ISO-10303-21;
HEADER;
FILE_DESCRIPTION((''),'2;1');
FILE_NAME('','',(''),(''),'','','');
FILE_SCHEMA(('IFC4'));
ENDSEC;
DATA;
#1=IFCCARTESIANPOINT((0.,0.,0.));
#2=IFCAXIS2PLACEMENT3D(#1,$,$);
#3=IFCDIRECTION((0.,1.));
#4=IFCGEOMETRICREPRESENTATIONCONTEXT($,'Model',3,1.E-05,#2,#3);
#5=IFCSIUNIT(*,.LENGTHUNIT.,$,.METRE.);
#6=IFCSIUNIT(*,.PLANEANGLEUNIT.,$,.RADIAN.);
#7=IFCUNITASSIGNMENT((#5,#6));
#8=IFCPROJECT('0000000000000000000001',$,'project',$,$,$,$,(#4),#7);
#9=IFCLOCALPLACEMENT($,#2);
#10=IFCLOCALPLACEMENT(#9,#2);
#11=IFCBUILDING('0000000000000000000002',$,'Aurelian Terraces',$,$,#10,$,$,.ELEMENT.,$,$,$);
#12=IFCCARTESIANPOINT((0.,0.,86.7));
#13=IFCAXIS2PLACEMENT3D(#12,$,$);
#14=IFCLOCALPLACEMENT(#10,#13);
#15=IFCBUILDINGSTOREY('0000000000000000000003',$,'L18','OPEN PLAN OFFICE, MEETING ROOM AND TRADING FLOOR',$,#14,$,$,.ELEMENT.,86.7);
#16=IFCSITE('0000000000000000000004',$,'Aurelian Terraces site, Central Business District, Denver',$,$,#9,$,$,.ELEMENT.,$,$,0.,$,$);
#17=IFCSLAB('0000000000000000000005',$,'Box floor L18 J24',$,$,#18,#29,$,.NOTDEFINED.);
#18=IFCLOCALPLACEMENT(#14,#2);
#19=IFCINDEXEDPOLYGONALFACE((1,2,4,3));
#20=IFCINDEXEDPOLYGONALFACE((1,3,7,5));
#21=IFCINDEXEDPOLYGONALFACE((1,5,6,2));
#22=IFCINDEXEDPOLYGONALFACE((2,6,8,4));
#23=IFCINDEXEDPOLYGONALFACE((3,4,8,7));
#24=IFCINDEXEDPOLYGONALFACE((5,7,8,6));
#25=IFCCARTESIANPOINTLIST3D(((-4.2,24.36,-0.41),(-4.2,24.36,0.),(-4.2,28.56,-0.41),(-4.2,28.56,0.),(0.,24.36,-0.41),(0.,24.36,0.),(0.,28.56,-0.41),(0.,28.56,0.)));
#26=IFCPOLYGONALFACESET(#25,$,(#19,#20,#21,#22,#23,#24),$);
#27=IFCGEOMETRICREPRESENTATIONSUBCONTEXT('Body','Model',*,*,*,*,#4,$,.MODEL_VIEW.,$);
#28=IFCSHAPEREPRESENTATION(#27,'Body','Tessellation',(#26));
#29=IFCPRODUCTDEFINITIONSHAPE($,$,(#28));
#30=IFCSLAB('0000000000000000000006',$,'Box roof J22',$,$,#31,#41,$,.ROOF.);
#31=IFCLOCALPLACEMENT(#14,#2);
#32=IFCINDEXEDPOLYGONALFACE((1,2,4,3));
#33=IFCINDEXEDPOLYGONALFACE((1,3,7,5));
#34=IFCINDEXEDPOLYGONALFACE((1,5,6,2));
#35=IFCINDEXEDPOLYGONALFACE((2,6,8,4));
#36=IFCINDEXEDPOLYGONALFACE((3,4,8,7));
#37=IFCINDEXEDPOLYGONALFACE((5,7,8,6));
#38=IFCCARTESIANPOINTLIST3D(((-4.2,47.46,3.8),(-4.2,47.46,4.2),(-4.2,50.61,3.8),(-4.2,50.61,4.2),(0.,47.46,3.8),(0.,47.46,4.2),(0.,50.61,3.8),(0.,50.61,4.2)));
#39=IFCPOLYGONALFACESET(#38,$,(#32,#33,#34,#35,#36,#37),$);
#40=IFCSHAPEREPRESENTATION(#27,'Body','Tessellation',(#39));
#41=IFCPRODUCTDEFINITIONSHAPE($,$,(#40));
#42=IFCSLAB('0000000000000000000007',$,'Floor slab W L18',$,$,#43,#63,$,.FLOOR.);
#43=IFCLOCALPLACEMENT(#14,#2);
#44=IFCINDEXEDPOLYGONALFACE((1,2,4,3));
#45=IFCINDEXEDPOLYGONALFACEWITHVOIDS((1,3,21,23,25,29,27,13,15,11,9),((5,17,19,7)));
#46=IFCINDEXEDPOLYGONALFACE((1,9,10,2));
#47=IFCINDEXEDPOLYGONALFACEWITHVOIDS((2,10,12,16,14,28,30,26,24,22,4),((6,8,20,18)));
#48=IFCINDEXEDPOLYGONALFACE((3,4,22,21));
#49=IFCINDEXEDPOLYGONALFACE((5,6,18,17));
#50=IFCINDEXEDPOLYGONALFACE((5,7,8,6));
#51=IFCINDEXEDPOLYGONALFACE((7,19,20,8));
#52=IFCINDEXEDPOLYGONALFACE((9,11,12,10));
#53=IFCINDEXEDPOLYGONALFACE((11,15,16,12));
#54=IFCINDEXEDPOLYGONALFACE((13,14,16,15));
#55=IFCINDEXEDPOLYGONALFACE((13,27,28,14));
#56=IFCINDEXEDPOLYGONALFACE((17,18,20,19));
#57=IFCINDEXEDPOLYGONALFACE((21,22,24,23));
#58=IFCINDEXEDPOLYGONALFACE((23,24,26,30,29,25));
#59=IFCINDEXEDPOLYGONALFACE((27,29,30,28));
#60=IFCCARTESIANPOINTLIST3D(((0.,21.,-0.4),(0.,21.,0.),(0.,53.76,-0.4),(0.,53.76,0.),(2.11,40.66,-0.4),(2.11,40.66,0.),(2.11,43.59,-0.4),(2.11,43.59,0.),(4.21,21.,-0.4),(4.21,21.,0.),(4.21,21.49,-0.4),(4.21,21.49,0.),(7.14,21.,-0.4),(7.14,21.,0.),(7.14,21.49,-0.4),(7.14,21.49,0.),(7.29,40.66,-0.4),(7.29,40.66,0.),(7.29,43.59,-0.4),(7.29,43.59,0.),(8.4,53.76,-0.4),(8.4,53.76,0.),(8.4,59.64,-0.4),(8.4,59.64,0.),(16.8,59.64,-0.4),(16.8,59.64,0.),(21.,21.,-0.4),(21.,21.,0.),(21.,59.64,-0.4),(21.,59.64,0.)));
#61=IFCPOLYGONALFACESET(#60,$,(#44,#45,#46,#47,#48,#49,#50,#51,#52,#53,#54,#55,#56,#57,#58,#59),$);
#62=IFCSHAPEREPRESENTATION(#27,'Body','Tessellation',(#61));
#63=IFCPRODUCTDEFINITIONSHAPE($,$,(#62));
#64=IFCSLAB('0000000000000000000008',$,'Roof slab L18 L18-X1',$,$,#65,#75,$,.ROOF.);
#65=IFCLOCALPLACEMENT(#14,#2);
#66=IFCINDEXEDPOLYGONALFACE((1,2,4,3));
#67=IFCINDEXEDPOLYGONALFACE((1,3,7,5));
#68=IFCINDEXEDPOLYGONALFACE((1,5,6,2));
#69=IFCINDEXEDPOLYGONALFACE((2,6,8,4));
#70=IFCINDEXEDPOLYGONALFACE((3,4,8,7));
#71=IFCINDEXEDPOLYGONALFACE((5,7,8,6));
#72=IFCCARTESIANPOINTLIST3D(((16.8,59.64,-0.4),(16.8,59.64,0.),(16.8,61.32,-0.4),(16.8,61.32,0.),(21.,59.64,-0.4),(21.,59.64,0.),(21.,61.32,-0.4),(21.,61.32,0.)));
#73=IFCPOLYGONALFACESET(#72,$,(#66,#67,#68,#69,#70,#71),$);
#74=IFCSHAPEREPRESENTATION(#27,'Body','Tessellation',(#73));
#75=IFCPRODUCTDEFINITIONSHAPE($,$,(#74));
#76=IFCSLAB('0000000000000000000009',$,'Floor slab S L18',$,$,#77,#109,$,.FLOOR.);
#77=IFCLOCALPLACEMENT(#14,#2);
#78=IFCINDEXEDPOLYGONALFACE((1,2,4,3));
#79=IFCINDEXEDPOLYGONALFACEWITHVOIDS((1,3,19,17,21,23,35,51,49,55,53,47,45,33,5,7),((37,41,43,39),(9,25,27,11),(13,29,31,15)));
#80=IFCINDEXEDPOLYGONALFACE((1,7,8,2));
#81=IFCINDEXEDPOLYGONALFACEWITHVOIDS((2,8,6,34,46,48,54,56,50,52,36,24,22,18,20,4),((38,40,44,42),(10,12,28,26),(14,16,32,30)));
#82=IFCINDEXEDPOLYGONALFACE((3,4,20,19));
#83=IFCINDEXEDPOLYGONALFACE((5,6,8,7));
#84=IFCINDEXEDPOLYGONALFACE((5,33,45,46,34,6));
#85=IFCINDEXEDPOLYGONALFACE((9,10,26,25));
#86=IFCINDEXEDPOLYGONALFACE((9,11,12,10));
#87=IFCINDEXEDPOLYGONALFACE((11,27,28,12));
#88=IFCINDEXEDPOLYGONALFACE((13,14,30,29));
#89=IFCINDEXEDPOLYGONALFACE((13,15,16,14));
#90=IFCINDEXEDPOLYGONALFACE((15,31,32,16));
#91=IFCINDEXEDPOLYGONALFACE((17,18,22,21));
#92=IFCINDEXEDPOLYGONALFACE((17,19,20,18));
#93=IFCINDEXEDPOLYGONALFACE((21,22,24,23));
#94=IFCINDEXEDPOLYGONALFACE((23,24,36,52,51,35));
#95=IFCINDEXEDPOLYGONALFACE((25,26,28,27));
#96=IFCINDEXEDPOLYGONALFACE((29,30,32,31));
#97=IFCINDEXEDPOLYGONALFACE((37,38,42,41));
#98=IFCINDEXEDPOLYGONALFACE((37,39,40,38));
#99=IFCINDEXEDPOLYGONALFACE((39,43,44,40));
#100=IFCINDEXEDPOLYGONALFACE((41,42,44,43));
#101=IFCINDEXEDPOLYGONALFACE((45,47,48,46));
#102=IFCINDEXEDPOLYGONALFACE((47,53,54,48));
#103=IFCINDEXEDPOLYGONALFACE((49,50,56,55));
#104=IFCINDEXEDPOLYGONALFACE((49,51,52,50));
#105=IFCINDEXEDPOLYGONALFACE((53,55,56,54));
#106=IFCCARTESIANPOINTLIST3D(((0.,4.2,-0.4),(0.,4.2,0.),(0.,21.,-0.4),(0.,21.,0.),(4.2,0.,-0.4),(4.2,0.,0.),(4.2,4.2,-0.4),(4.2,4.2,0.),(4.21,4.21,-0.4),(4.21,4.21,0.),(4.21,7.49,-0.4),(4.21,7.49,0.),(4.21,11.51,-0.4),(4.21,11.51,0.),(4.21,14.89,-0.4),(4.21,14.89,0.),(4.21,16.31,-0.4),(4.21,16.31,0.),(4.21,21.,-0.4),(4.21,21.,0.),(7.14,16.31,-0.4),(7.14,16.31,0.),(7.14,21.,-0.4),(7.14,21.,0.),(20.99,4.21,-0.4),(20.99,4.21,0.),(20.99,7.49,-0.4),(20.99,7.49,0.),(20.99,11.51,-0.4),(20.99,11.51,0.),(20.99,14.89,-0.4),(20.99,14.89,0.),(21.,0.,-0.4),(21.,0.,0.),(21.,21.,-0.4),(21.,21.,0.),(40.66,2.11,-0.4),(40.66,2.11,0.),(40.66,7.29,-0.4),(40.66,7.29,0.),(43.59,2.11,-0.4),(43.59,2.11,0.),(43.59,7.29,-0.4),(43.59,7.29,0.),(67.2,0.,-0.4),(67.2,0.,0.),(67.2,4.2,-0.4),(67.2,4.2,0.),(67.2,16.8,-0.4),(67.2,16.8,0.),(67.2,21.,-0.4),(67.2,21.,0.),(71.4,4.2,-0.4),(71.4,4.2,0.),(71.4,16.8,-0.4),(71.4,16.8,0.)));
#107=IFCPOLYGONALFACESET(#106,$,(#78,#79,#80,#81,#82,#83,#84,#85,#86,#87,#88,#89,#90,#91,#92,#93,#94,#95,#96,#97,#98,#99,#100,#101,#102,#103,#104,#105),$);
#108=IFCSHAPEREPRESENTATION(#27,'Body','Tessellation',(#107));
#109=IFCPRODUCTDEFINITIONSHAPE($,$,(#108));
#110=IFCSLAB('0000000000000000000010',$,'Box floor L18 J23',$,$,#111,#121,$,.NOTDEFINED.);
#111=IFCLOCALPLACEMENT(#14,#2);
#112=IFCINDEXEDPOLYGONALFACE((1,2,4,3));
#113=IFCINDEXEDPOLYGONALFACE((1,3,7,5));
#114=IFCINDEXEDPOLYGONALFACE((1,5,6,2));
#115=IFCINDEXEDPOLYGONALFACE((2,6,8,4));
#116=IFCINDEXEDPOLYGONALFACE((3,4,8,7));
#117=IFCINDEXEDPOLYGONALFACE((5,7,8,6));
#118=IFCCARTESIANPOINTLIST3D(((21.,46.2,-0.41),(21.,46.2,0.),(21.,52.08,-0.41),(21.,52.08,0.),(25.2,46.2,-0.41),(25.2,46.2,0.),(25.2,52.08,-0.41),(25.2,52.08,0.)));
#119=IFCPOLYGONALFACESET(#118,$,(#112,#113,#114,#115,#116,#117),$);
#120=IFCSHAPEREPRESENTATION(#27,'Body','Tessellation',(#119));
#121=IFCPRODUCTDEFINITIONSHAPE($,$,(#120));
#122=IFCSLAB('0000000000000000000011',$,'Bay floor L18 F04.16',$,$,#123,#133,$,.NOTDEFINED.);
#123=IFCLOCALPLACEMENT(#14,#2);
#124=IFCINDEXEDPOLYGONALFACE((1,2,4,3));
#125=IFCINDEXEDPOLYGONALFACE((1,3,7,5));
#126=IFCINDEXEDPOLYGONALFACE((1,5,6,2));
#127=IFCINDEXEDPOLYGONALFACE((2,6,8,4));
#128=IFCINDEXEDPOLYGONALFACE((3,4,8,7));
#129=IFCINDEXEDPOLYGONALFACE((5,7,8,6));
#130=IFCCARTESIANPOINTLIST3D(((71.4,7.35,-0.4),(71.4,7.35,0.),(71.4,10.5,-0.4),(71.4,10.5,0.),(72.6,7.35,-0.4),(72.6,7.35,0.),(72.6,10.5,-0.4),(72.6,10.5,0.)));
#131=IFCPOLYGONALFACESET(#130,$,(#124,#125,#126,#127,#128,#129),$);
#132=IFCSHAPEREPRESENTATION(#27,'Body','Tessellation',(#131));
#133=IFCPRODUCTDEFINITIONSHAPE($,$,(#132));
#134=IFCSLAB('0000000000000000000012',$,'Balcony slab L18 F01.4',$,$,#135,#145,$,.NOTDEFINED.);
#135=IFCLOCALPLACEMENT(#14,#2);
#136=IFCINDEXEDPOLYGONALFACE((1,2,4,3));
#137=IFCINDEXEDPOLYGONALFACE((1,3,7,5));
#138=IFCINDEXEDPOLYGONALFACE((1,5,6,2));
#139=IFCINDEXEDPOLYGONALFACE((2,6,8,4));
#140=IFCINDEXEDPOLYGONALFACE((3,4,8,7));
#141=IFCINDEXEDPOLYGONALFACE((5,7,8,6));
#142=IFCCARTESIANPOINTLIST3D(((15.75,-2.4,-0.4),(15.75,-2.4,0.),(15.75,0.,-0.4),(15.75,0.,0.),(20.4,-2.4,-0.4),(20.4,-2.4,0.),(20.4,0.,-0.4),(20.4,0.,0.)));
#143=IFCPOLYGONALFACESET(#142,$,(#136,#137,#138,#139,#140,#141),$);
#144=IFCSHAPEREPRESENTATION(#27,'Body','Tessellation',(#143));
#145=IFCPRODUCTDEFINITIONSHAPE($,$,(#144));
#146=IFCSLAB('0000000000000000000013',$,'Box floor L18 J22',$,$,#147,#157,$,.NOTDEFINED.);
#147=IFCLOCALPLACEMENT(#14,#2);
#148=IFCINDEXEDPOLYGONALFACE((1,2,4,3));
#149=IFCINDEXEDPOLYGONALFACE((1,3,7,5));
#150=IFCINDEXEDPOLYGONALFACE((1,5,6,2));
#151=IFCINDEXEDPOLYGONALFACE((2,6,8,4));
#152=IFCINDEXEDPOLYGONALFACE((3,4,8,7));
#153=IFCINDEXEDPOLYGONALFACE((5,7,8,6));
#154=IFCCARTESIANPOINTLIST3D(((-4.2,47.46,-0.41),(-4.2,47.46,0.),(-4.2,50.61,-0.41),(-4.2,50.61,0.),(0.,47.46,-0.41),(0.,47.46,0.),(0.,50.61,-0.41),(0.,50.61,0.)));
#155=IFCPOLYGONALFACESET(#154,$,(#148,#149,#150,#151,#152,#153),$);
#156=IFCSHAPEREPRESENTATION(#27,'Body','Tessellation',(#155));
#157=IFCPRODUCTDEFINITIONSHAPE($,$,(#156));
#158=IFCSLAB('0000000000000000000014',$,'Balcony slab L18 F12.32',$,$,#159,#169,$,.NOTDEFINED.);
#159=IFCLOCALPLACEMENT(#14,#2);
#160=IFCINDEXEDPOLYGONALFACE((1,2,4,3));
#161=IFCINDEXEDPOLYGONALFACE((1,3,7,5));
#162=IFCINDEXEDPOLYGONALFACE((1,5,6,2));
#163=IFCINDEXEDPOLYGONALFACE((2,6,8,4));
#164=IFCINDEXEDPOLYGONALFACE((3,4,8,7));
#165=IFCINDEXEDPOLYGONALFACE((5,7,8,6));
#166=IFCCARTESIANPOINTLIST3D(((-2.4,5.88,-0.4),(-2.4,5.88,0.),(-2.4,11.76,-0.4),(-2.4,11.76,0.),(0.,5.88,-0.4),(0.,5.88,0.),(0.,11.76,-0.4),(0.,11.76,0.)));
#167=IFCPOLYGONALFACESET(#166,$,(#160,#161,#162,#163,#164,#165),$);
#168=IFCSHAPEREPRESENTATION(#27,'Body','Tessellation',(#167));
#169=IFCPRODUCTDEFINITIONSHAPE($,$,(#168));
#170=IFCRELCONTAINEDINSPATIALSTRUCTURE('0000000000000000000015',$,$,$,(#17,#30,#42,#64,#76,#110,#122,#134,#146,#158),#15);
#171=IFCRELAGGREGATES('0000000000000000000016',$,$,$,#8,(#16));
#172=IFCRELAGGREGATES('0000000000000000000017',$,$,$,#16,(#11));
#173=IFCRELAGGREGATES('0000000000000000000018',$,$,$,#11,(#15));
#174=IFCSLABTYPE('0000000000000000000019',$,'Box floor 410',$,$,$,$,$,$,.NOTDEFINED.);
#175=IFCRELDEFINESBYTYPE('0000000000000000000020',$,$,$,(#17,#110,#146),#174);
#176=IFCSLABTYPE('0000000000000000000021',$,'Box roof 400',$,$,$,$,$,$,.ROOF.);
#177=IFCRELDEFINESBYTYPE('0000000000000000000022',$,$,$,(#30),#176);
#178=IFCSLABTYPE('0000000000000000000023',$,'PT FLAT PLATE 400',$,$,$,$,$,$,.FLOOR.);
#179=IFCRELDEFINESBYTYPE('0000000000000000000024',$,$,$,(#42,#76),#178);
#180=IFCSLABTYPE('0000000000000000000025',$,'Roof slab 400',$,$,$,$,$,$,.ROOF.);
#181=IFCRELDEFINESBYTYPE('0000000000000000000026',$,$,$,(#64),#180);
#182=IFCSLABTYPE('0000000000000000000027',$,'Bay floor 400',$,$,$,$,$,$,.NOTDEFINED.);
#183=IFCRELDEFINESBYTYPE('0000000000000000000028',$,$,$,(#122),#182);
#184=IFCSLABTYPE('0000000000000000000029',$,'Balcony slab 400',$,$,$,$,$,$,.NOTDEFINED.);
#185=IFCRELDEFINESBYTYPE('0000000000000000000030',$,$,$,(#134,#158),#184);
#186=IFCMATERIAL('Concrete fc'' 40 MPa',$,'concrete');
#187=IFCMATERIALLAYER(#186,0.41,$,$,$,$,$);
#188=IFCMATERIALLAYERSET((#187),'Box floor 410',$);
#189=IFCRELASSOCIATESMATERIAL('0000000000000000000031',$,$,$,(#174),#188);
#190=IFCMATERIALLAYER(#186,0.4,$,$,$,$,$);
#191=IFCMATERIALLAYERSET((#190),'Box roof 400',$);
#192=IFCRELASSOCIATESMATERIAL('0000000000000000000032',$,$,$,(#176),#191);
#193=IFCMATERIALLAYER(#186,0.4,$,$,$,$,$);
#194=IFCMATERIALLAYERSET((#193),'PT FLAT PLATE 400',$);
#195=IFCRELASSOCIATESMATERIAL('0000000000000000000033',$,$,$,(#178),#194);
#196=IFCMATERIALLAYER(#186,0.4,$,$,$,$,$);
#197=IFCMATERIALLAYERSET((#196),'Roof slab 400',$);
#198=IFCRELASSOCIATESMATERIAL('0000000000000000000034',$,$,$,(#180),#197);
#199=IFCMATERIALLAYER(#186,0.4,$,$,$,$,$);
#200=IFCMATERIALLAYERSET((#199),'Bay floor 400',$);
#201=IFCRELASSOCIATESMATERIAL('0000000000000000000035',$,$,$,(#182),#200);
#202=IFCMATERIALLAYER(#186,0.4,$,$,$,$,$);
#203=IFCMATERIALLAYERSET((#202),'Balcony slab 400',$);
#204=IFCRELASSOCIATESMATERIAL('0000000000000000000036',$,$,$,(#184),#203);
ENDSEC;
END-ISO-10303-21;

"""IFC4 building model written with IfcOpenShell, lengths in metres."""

from ifc_helpers import new_model, si_unit, direction, frame, origin, place, context, subcontext, project, spatial, polyline, outline, extrude, source, transform, mapped, material, layer, layer_set, type_object, element, save


model = new_model("IFC4")

# Units and contexts
model_context = context("Model", 3, precision=1e-05, world=origin(), true_north=direction((0.0, 1.0)))
body_context = subcontext(model_context, "Body", "Model", "MODEL_VIEW")
ifc_project = project(units=[si_unit("LENGTHUNIT", "METRE"), si_unit("PLANEANGLEUNIT", "RADIAN")], contexts=[model_context])

# Site, building, storey
site_placement = place(None, origin())
site = spatial("IfcSite", under=ifc_project, at=site_placement, Name="Aurelian Terraces site, Central Business District, Denver", CompositionType="ELEMENT", RefElevation=0.0)
building_placement = place(site_placement, origin())
building = spatial("IfcBuilding", under=site, at=building_placement, Name="Aurelian Terraces", CompositionType="ELEMENT")
storey_placement = place(building_placement, frame((0.0, 0.0, 86.7)))
storey = spatial("IfcBuildingStorey", under=building, at=storey_placement, Name="L18", Description="OPEN PLAN OFFICE, MEETING ROOM AND TRADING FLOOR", CompositionType="ELEMENT", Elevation=86.7)

# Slabs
ifc_material_1 = material(Name="Concrete fc' 40 MPa", Category="concrete")
ifc_layer_1 = layer(ifc_material_1, 0.41)
ifc_layer_set_1 = layer_set([ifc_layer_1], Name="Box floor 410")
slab_type_1 = type_object("IfcSlabType", Name="Box floor 410", PredefinedType="NOTDEFINED", material=ifc_layer_set_1)
slab_1_placement = place(storey_placement, frame((0.0, 0.0, -0.41)))
element("IfcSlab", 1, at=slab_1_placement, inside=storey, type_object=slab_type_1, Name="Box floor L18 J24", PredefinedType="NOTDEFINED", context=body_context, shape_type="SweptSolid", body=[
    extrude(outline(polyline([(-4.2, 28.56), (-4.2, 24.36), (0.0, 24.36), (0.0, 28.56), (-4.2, 28.56)])), origin(), (0.0, 0.0, 1.0), 0.41),
])
ifc_layer_2 = layer(ifc_material_1, 0.4)
ifc_layer_set_2 = layer_set([ifc_layer_2], Name="Box roof 400")
slab_type_2 = type_object("IfcSlabType", Name="Box roof 400", PredefinedType="ROOF", material=ifc_layer_set_2)
slab_2_placement = place(storey_placement, frame((0.0, 0.0, 3.8)))
element("IfcSlab", 2, at=slab_2_placement, inside=storey, type_object=slab_type_2, Name="Box roof J22", PredefinedType="ROOF", context=body_context, shape_type="SweptSolid", body=[
    extrude(outline(polyline([(-4.2, 50.61), (-4.2, 47.46), (0.0, 47.46), (0.0, 50.61), (-4.2, 50.61)])), origin(), (0.0, 0.0, 1.0), 0.4),
])
ifc_layer_3 = layer(ifc_material_1, 0.4)
ifc_layer_set_3 = layer_set([ifc_layer_3], Name="PT FLAT PLATE 400")
slab_type_3 = type_object("IfcSlabType", Name="PT FLAT PLATE 400", PredefinedType="FLOOR", material=ifc_layer_set_3)
slab_3_placement = place(storey_placement, frame((0.0, 0.0, -0.4)))
element("IfcSlab", 3, at=slab_3_placement, inside=storey, type_object=slab_type_3, Name="Floor slab W L18", PredefinedType="FLOOR", context=body_context, shape_type="SweptSolid", body=[
    extrude(outline(polyline([(0.0, 53.76), (8.4, 53.76), (8.4, 59.64), (16.8, 59.64), (21.0, 59.64), (21.0, 21.0), (7.14, 21.0), (7.14, 21.49), (4.21, 21.49), (4.21, 21.0), (0.0, 21.0), (0.0, 53.76)]), holes=[polyline([(7.29, 43.59), (2.11, 43.59), (2.11, 40.66), (7.29, 40.66), (7.29, 43.59)])]), origin(), (0.0, 0.0, 1.0), 0.4),
])
ifc_layer_4 = layer(ifc_material_1, 0.4)
ifc_layer_set_4 = layer_set([ifc_layer_4], Name="Roof slab 400")
slab_type_4 = type_object("IfcSlabType", Name="Roof slab 400", PredefinedType="ROOF", material=ifc_layer_set_4)
slab_4_placement = place(storey_placement, frame((0.0, 0.0, -0.4)))
element("IfcSlab", 4, at=slab_4_placement, inside=storey, type_object=slab_type_4, Name="Roof slab L18 L18-X1", PredefinedType="ROOF", context=body_context, shape_type="SweptSolid", body=[
    extrude(outline(polyline([(21.0, 61.32), (21.0, 59.64), (16.8, 59.64), (16.8, 61.32), (21.0, 61.32)])), origin(), (0.0, 0.0, 1.0), 0.4),
])
shared_shape_1 = source(origin(), body_context, "Body", "SweptSolid", [
    extrude(outline(polyline([(71.4, 16.8), (71.4, 4.2), (67.2, 4.2), (67.2, 0.0), (21.0, 0.0), (4.2, 0.0), (4.2, 4.2), (0.0, 4.2), (0.0, 21.0), (4.21, 21.0), (4.21, 16.31), (7.14, 16.31), (7.14, 21.0), (21.0, 21.0), (67.2, 21.0), (67.2, 16.8), (71.4, 16.8)]), holes=[polyline([(40.66, 2.11), (43.59, 2.11), (43.59, 7.29), (40.66, 7.29), (40.66, 2.11)]), polyline([(4.21, 7.49), (4.21, 4.21), (20.99, 4.21), (20.99, 7.49), (4.21, 7.49)]), polyline([(4.21, 14.89), (4.21, 11.51), (20.99, 11.51), (20.99, 14.89), (4.21, 14.89)])]), origin(), (0.0, 0.0, 1.0), 0.4),
])
slab_5_placement = place(storey_placement, frame((0.0, 0.0, -0.4)))
element("IfcSlab", 5, at=slab_5_placement, inside=storey, type_object=slab_type_3, Name="Floor slab S L18", PredefinedType="FLOOR", context=body_context, shape_type="MappedRepresentation", body=[
    mapped(shared_shape_1, transform((0.0, 0.0, 0.0), scale=1.0)),
])
shared_shape_2 = source(origin(), body_context, "Body", "SweptSolid", [
    extrude(outline(polyline([(25.2, 46.2), (25.2, 52.08), (21.0, 52.08), (21.0, 46.2), (25.2, 46.2)])), origin(), (0.0, 0.0, 1.0), 0.41),
])
slab_6_placement = place(storey_placement, frame((0.0, 0.0, -0.41)))
element("IfcSlab", 6, at=slab_6_placement, inside=storey, type_object=slab_type_1, Name="Box floor L18 J23", PredefinedType="NOTDEFINED", context=body_context, shape_type="MappedRepresentation", body=[
    mapped(shared_shape_2, transform((0.0, 0.0, 0.0), scale=1.0)),
])
ifc_layer_5 = layer(ifc_material_1, 0.4)
ifc_layer_set_5 = layer_set([ifc_layer_5], Name="Bay floor 400")
slab_type_5 = type_object("IfcSlabType", Name="Bay floor 400", PredefinedType="NOTDEFINED", material=ifc_layer_set_5)
shared_shape_3 = source(origin(), body_context, "Body", "SweptSolid", [
    extrude(outline(polyline([(71.4, 7.35), (71.4, 10.5), (72.6, 10.5), (72.6, 7.35), (71.4, 7.35)])), origin(), (0.0, 0.0, 1.0), 0.4),
])
slab_7_placement = place(storey_placement, frame((0.0, 0.0, -0.4)))
element("IfcSlab", 7, at=slab_7_placement, inside=storey, type_object=slab_type_5, Name="Bay floor L18 F04.16", PredefinedType="NOTDEFINED", context=body_context, shape_type="MappedRepresentation", body=[
    mapped(shared_shape_3, transform((0.0, 0.0, 0.0), scale=1.0)),
])
ifc_layer_6 = layer(ifc_material_1, 0.4)
ifc_layer_set_6 = layer_set([ifc_layer_6], Name="Balcony slab 400")
slab_type_6 = type_object("IfcSlabType", Name="Balcony slab 400", PredefinedType="NOTDEFINED", material=ifc_layer_set_6)
shared_shape_4 = source(origin(), body_context, "Body", "SweptSolid", [
    extrude(outline(polyline([(15.75, 0.0), (20.4, 0.0), (20.4, -2.4), (15.75, -2.4), (15.75, 0.0)])), origin(), (0.0, 0.0, 1.0), 0.4),
])
slab_8_placement = place(storey_placement, frame((0.0, 0.0, -0.4)))
element("IfcSlab", 8, at=slab_8_placement, inside=storey, type_object=slab_type_6, Name="Balcony slab L18 F01.4", PredefinedType="NOTDEFINED", context=body_context, shape_type="MappedRepresentation", body=[
    mapped(shared_shape_4, transform((0.0, 0.0, 0.0), scale=1.0)),
])
shared_shape_5 = source(origin(), body_context, "Body", "SweptSolid", [
    extrude(outline(polyline([(-4.2, 50.61), (-4.2, 47.46), (0.0, 47.46), (0.0, 50.61), (-4.2, 50.61)])), origin(), (0.0, 0.0, 1.0), 0.41),
])
slab_9_placement = place(storey_placement, frame((0.0, 0.0, -0.41)))
element("IfcSlab", 9, at=slab_9_placement, inside=storey, type_object=slab_type_1, Name="Box floor L18 J22", PredefinedType="NOTDEFINED", context=body_context, shape_type="MappedRepresentation", body=[
    mapped(shared_shape_5, transform((0.0, 0.0, 0.0), scale=1.0)),
])
shared_shape_6 = source(origin(), body_context, "Body", "SweptSolid", [
    extrude(outline(polyline([(0.0, 11.76), (0.0, 5.88), (-2.4, 5.88), (-2.4, 11.76), (0.0, 11.76)])), origin(), (0.0, 0.0, 1.0), 0.4),
])
slab_10_placement = place(storey_placement, frame((0.0, 0.0, -0.4)))
element("IfcSlab", 10, at=slab_10_placement, inside=storey, type_object=slab_type_6, Name="Balcony slab L18 F12.32", PredefinedType="NOTDEFINED", context=body_context, shape_type="MappedRepresentation", body=[
    mapped(shared_shape_6, transform((0.0, 0.0, 0.0), scale=1.0)),
])

save(model, "model.ifc")
